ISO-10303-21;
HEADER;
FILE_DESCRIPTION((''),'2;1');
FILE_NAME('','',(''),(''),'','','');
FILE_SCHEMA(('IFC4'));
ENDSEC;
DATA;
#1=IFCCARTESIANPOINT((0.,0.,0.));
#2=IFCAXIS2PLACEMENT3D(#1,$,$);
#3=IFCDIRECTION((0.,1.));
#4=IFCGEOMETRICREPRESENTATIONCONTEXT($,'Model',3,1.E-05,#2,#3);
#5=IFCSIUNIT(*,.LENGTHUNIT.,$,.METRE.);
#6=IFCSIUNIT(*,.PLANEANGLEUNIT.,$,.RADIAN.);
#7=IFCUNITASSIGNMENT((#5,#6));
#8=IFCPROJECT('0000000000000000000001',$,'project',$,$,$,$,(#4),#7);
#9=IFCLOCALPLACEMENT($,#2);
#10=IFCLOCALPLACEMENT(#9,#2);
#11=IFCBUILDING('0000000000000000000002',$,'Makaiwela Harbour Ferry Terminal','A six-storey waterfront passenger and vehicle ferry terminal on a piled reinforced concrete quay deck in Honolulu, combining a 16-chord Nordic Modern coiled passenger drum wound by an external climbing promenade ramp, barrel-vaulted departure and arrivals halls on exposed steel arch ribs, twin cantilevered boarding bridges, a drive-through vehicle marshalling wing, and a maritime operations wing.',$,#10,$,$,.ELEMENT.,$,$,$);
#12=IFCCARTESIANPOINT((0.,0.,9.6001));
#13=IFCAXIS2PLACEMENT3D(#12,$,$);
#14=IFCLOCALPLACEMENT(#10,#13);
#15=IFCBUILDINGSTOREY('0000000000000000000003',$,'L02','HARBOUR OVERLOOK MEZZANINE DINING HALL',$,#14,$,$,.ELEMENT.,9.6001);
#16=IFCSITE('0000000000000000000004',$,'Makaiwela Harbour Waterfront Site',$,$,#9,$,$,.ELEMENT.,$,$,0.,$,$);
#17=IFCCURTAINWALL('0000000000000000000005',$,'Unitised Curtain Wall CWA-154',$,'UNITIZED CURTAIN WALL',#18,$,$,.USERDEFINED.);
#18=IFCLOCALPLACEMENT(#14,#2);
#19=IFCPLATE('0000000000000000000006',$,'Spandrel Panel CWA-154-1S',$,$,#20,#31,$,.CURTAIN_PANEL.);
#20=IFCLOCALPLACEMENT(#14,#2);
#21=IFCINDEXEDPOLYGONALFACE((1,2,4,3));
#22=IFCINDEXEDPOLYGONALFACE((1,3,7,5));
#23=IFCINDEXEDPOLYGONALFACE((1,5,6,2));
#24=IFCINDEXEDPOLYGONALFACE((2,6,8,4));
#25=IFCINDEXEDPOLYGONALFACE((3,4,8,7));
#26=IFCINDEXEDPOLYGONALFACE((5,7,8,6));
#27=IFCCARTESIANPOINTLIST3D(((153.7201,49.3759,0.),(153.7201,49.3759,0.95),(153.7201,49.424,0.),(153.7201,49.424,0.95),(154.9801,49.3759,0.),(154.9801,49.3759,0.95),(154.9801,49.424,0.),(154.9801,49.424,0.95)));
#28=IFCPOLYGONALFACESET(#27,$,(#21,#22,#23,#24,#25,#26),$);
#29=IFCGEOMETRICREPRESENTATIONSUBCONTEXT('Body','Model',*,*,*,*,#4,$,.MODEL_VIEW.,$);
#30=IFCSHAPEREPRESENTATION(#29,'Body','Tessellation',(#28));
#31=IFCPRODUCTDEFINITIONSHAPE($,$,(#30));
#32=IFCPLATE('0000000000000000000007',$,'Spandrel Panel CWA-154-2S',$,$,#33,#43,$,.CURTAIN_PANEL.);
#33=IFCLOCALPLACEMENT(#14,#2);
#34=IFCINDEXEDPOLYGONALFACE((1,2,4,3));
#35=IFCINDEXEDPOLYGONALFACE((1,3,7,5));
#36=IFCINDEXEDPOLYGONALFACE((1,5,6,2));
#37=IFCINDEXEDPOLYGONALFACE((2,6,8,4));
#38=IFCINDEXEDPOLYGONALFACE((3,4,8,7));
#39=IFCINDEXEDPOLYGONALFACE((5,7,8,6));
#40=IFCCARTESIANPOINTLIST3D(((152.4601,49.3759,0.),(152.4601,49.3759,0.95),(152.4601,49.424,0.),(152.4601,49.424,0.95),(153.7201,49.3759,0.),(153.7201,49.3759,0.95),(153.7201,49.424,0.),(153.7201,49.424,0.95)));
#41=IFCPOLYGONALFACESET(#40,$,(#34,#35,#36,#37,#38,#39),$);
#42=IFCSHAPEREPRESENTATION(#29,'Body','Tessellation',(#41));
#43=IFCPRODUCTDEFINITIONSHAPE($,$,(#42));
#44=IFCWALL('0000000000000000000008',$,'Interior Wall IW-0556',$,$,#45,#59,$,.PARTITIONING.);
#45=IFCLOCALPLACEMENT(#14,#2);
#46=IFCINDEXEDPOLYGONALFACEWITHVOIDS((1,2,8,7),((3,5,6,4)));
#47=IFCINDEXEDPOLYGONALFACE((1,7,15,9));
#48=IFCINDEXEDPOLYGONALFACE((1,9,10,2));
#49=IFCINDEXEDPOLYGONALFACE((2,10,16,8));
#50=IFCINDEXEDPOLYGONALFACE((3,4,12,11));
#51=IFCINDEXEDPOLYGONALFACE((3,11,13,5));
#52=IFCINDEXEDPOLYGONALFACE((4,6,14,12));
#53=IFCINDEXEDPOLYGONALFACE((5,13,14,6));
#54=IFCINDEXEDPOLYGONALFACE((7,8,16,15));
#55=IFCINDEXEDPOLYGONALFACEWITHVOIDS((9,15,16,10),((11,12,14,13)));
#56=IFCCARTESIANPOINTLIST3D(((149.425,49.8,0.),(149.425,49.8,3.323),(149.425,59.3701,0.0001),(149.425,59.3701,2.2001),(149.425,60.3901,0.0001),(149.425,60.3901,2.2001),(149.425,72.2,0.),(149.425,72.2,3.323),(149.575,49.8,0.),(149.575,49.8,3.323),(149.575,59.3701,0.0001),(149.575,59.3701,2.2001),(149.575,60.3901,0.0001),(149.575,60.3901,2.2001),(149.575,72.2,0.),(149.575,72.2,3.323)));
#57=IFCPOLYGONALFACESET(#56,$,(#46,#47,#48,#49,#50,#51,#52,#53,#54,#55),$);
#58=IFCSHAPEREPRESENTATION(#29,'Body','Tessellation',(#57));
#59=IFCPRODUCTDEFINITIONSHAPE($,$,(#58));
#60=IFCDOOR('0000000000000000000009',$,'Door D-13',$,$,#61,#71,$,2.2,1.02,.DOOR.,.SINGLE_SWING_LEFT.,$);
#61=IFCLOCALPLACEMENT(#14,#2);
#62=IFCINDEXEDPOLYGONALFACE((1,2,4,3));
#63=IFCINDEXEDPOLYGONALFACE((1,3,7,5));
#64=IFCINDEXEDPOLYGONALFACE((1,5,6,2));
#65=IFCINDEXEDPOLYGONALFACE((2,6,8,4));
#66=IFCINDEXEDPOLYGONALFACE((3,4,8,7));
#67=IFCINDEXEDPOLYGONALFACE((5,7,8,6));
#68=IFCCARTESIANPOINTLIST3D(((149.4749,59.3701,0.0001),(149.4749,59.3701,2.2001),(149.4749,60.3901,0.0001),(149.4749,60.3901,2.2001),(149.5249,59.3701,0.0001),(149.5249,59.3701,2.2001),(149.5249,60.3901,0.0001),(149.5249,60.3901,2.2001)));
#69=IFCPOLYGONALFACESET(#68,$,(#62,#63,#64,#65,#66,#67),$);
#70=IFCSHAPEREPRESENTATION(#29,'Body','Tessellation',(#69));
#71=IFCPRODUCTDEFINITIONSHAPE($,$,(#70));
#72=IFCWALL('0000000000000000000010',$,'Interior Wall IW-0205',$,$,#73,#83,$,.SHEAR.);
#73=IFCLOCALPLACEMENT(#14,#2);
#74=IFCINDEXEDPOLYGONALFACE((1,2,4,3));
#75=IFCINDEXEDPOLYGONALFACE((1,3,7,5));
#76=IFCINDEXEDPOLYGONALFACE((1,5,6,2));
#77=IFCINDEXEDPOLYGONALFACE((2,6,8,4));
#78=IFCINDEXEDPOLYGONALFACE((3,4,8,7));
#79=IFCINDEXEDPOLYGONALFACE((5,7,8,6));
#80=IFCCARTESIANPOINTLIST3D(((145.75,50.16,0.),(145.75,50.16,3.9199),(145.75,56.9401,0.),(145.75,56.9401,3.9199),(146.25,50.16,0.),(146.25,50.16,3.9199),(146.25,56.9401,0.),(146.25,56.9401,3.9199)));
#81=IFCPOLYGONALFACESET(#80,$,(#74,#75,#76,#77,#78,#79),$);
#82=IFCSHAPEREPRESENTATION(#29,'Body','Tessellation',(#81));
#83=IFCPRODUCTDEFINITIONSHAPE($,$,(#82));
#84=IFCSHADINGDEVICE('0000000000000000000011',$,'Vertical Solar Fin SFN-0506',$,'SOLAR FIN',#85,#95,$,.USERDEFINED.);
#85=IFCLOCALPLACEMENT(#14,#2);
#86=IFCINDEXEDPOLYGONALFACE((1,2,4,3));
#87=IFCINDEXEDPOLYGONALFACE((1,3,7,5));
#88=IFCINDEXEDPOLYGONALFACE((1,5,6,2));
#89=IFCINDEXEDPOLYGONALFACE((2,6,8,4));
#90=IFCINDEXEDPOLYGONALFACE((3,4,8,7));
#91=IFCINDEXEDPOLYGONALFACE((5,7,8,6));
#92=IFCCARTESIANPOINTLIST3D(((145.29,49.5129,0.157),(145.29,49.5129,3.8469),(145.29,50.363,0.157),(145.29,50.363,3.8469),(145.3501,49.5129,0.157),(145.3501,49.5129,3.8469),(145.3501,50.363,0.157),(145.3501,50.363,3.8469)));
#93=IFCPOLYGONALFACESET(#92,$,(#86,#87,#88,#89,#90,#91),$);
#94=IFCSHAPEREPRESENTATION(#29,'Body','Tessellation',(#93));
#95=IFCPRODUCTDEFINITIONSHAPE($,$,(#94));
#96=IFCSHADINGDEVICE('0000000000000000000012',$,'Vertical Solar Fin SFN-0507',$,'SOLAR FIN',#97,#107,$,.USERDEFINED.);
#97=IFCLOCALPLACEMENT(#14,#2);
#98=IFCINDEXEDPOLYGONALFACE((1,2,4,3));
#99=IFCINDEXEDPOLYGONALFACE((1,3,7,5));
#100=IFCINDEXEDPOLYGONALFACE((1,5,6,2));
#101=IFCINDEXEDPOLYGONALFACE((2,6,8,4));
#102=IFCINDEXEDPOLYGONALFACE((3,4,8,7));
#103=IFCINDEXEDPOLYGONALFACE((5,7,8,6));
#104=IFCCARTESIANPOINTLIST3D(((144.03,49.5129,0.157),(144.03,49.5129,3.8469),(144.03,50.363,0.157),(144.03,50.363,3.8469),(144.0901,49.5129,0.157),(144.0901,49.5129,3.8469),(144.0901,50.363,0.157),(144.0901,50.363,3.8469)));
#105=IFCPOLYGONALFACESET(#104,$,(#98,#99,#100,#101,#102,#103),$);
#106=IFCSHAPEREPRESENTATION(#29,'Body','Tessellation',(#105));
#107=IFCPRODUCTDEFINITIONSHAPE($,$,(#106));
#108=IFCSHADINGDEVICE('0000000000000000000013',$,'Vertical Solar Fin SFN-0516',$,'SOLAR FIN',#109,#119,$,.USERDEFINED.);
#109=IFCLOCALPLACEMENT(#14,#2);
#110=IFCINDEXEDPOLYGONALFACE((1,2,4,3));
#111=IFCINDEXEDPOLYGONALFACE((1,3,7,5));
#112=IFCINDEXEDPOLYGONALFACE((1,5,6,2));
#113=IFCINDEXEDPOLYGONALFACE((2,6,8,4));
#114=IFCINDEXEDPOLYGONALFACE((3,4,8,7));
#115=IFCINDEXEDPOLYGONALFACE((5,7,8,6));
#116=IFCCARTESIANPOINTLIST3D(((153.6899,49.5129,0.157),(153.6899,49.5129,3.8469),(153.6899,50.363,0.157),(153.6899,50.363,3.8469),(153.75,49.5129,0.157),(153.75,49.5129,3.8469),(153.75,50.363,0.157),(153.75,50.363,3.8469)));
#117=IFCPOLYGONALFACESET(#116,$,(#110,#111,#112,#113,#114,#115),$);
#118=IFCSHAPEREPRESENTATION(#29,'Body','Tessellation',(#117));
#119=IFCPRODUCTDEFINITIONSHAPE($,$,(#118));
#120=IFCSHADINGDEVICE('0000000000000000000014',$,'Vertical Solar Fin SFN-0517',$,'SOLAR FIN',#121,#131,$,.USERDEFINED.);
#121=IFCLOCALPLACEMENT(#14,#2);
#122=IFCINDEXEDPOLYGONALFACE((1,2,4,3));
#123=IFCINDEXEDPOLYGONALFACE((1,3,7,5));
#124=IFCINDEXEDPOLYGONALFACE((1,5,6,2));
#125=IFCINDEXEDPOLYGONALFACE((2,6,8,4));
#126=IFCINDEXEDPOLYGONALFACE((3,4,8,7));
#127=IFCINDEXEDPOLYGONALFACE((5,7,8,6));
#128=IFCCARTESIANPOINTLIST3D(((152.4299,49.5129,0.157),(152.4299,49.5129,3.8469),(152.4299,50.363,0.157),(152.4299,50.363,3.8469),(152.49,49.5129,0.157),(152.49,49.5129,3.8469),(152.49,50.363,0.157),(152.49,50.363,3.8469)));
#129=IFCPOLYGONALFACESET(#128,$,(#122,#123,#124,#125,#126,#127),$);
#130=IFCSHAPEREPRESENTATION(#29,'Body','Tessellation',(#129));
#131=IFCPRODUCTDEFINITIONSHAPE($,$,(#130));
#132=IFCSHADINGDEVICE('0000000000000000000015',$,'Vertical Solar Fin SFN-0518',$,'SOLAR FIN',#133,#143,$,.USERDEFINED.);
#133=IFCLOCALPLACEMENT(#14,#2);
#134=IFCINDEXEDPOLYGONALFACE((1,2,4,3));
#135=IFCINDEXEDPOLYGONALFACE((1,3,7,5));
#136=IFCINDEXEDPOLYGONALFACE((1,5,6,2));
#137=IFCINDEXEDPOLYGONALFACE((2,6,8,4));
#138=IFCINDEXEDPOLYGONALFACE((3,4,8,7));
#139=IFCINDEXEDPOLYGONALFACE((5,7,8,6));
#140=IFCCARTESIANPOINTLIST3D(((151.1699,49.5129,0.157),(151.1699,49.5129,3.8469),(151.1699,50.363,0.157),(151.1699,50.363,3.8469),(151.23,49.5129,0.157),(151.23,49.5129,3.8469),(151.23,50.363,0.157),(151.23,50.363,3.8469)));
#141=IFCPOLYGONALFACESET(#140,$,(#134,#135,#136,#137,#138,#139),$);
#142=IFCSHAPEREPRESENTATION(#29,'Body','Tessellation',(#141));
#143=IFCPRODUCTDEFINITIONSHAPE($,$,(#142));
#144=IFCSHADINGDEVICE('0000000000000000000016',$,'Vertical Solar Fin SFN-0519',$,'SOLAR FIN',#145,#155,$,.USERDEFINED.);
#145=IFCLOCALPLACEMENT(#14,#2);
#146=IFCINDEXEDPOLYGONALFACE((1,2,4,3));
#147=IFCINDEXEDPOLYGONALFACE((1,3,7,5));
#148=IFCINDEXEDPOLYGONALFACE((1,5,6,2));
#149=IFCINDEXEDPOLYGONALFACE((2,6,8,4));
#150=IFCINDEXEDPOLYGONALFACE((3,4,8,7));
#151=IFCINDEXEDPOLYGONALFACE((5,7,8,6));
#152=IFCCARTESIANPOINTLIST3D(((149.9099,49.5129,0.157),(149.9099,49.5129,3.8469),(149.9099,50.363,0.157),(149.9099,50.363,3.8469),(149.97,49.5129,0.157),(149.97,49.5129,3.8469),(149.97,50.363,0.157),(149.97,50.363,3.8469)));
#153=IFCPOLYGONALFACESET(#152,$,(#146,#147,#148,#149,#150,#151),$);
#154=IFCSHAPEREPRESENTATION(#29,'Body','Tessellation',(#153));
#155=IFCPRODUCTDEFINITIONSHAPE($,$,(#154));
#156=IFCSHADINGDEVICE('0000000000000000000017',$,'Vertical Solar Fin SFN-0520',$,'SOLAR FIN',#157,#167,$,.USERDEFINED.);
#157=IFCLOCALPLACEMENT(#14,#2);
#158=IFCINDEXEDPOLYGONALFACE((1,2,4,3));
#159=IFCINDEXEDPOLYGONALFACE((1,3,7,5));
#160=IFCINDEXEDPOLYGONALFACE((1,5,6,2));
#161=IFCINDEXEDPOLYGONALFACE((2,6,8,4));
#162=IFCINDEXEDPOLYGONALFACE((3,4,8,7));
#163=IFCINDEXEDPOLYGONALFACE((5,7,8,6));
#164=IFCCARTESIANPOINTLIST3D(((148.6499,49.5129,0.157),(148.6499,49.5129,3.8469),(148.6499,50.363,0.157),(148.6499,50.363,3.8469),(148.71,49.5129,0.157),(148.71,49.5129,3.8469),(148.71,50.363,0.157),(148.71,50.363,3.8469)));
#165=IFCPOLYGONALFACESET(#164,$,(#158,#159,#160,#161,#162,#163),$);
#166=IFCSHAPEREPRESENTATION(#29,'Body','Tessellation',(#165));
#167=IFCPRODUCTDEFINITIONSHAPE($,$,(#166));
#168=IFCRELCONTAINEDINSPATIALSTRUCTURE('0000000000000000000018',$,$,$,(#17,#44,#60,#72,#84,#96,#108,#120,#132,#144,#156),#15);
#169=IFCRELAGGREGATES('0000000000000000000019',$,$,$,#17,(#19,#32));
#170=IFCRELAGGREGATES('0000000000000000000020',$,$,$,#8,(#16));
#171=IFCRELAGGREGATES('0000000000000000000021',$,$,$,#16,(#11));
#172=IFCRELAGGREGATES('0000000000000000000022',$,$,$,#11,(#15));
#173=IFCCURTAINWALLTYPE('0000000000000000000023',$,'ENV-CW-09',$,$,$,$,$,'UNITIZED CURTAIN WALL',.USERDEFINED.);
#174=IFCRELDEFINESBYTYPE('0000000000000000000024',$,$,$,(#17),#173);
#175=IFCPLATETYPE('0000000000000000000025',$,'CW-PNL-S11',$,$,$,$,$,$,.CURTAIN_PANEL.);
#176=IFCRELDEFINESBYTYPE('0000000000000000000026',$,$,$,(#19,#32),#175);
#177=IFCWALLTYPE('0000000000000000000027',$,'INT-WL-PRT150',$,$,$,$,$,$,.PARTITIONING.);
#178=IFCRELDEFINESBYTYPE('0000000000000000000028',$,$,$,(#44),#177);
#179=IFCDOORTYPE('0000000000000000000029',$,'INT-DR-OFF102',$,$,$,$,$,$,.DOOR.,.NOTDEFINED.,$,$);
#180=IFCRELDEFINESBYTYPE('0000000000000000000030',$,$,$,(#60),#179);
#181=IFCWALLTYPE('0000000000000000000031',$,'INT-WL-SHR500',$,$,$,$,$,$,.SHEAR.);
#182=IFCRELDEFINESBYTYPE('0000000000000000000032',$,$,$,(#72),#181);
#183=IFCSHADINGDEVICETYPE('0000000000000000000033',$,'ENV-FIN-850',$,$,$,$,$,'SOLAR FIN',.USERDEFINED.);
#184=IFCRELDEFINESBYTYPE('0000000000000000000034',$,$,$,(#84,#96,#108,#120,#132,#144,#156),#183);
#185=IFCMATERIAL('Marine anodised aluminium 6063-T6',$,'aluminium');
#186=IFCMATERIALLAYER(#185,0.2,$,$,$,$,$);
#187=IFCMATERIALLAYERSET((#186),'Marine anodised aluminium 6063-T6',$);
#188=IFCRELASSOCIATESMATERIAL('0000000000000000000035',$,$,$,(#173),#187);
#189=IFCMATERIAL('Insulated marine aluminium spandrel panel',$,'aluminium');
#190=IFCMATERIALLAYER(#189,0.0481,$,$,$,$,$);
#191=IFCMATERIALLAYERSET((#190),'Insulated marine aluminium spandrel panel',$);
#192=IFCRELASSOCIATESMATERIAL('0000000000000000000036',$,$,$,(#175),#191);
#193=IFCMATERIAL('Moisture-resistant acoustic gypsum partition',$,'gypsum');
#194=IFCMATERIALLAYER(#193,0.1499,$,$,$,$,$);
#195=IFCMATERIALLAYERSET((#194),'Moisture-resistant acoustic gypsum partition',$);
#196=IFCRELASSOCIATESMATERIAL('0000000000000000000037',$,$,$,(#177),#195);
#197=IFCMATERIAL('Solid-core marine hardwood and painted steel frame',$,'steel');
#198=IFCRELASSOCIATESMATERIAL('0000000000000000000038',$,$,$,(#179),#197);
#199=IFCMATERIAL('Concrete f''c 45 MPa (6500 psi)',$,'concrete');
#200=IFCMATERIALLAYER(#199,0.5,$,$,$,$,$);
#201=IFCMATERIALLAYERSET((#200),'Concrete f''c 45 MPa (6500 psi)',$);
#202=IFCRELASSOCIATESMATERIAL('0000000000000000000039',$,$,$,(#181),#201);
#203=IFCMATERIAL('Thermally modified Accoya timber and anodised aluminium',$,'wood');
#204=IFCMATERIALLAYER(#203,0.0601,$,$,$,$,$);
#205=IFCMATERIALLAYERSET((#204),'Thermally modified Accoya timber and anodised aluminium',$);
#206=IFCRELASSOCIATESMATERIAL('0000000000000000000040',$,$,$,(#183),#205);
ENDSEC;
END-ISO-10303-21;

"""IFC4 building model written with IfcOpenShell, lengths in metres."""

from ifc_helpers import new_model, si_unit, direction, frame, frame_2d, origin, origin_2d, place, context, subcontext, project, spatial, rectangle, extrude, material, layer, layer_set, type_object, element, fill, aggregate, save


model = new_model("IFC4")

# Units and contexts
model_context = context("Model", 3, precision=1e-05, world=origin(), true_north=direction((0.0, 1.0)))
body_context = subcontext(model_context, "Body", "Model", "MODEL_VIEW")
ifc_project = project(units=[si_unit("LENGTHUNIT", "METRE"), si_unit("PLANEANGLEUNIT", "RADIAN")], contexts=[model_context])

# Site, building, storey
site_placement = place(None, origin())
site = spatial("IfcSite", under=ifc_project, at=site_placement, Name="Makaiwela Harbour Waterfront Site", CompositionType="ELEMENT", RefElevation=0.0)
building_placement = place(site_placement, origin())
building = spatial("IfcBuilding", under=site, at=building_placement, Name="Makaiwela Harbour Ferry Terminal", Description="A six-storey waterfront passenger and vehicle ferry terminal on a piled reinforced concrete quay deck in Honolulu, combining a 16-chord Nordic Modern coiled passenger drum wound by an external climbing promenade ramp, barrel-vaulted departure and arrivals halls on exposed steel arch ribs, twin cantilevered boarding bridges, a drive-through vehicle marshalling wing, and a maritime operations wing.", CompositionType="ELEMENT")
storey_placement = place(building_placement, frame((0.0, 0.0, 9.6001)))
storey = spatial("IfcBuildingStorey", under=building, at=storey_placement, Name="L02", Description="HARBOUR OVERLOOK MEZZANINE DINING HALL", CompositionType="ELEMENT", Elevation=9.6001)

# Curtain wall
ifc_material_1 = material(Name="Marine anodised aluminium 6063-T6", Category="aluminium")
ifc_layer_1 = layer(ifc_material_1, 0.2)
ifc_layer_set_1 = layer_set([ifc_layer_1], Name="Marine anodised aluminium 6063-T6")
curtain_wall_type = type_object("IfcCurtainWallType", Name="ENV-CW-09", ElementType="UNITIZED CURTAIN WALL", PredefinedType="USERDEFINED", material=ifc_layer_set_1)
curtain_wall_placement = place(storey_placement, origin())
curtain_wall = element("IfcCurtainWall", 1, at=curtain_wall_placement, inside=storey, type_object=curtain_wall_type, Name="Unitised Curtain Wall CWA-154", ObjectType="UNITIZED CURTAIN WALL", PredefinedType="USERDEFINED")

# Plates
ifc_material_2 = material(Name="Insulated marine aluminium spandrel panel", Category="aluminium")
ifc_layer_2 = layer(ifc_material_2, 0.0481)
ifc_layer_set_2 = layer_set([ifc_layer_2], Name="Insulated marine aluminium spandrel panel")
plate_type_1 = type_object("IfcPlateType", Name="CW-PNL-S11", PredefinedType="CURTAIN_PANEL", material=ifc_layer_set_2)
plate_1_placement = place(storey_placement, frame((154.3501, 49.3999, 0.0), z_axis=(0.0, 0.0, 1.0), x_axis=(-1.0, 0.0, 0.0)))
plate_1 = element("IfcPlate", 2, at=plate_1_placement, type_object=plate_type_1, Name="Spandrel Panel CWA-154-1S", PredefinedType="CURTAIN_PANEL", context=body_context, shape_type="SweptSolid", body=[
    extrude(rectangle(XDim=1.26, YDim=0.0481, at=origin_2d()), origin(), (0.0, 0.0, 1.0), 0.95),
])
plate_2_placement = place(storey_placement, frame((153.0901, 49.3999, 0.0), z_axis=(0.0, 0.0, 1.0), x_axis=(-1.0, 0.0, 0.0)))
plate_2 = element("IfcPlate", 3, at=plate_2_placement, type_object=plate_type_1, Name="Spandrel Panel CWA-154-2S", PredefinedType="CURTAIN_PANEL", context=body_context, shape_type="SweptSolid", body=[
    extrude(rectangle(XDim=1.26, YDim=0.0481, at=origin_2d()), origin(), (0.0, 0.0, 1.0), 0.95),
])
aggregate(curtain_wall, [plate_1, plate_2])

# Wall, opening, door
ifc_material_3 = material(Name="Moisture-resistant acoustic gypsum partition", Category="gypsum")
ifc_layer_3 = layer(ifc_material_3, 0.1499)
ifc_layer_set_3 = layer_set([ifc_layer_3], Name="Moisture-resistant acoustic gypsum partition")
wall_type_1 = type_object("IfcWallType", Name="INT-WL-PRT150", PredefinedType="PARTITIONING", material=ifc_layer_set_3)
wall_1_placement = place(storey_placement, frame((149.5, 49.8, 0.0), z_axis=(0.0, 0.0, 1.0), x_axis=(0.0, 1.0, 0.0)))
wall_1 = element("IfcWall", 4, at=wall_1_placement, inside=storey, type_object=wall_type_1, Name="Interior Wall IW-0556", PredefinedType="PARTITIONING", context=body_context, shape_type="SweptSolid", body=[
    extrude(rectangle(XDim=22.3999, YDim=0.1499, at=frame_2d((11.2, 0.0))), origin(), (0.0, 0.0, 1.0), 3.323),
])
opening_placement = place(wall_1_placement, frame((9.5701, 0.0, 0.0)))
opening = element("IfcOpeningElement", 5, at=opening_placement, cuts=wall_1, PredefinedType="OPENING", context=body_context, shape_type="SweptSolid", body=[
    extrude(rectangle(XDim=1.02, YDim=2.2, at=frame_2d((0.51, 1.1001))), frame((0.0, 0.085, 0.0), z_axis=(0.0, -1.0, 0.0), x_axis=(1.0, 0.0, 0.0)), (0.0, 0.0, 1.0), 0.1699),
])
ifc_material_4 = material(Name="Solid-core marine hardwood and painted steel frame", Category="steel")
door_type = type_object("IfcDoorType", Name="INT-DR-OFF102", OperationType="NOTDEFINED", PredefinedType="DOOR", material=ifc_material_4)
door_placement = place(opening_placement, frame((1.02, 0.0, 0.0), z_axis=(0.0, 0.0, 1.0), x_axis=(-1.0, 0.0, 0.0)))
door = element("IfcDoor", 6, at=door_placement, inside=storey, type_object=door_type, Name="Door D-13", OperationType="SINGLE_SWING_LEFT", OverallHeight=2.2, OverallWidth=1.02, PredefinedType="DOOR", context=body_context, shape_type="SweptSolid", body=[
    extrude(rectangle(XDim=1.02, YDim=2.2, at=frame_2d((0.51, 1.1001))), frame((0.0, 0.0249, 0.0), z_axis=(0.0, -1.0, 0.0), x_axis=(1.0, 0.0, 0.0)), (0.0, 0.0, 1.0), 0.05),
])
fill(opening, door)

# Wall
ifc_material_5 = material(Name="Concrete f'c 45 MPa (6500 psi)", Category="concrete")
ifc_layer_4 = layer(ifc_material_5, 0.5)
ifc_layer_set_4 = layer_set([ifc_layer_4], Name="Concrete f'c 45 MPa (6500 psi)")
wall_type_2 = type_object("IfcWallType", Name="INT-WL-SHR500", PredefinedType="SHEAR", material=ifc_layer_set_4)
wall_2_placement = place(storey_placement, frame((146.0, 50.1599, 0.0), z_axis=(0.0, 0.0, 1.0), x_axis=(0.0, 1.0, 0.0)))
element("IfcWall", 7, at=wall_2_placement, inside=storey, type_object=wall_type_2, Name="Interior Wall IW-0205", PredefinedType="SHEAR", context=body_context, shape_type="SweptSolid", body=[
    extrude(rectangle(XDim=6.78, YDim=0.5, at=frame_2d((3.3901, 0.0))), origin(), (0.0, 0.0, 1.0), 3.9199),
])

# Shading devices
ifc_material_6 = material(Name="Thermally modified Accoya timber and anodised aluminium", Category="wood")
ifc_layer_5 = layer(ifc_material_6, 0.0601)
ifc_layer_set_5 = layer_set([ifc_layer_5], Name="Thermally modified Accoya timber and anodised aluminium")
shading_device_type = type_object("IfcShadingDeviceType", Name="ENV-FIN-850", ElementType="SOLAR FIN", PredefinedType="USERDEFINED", material=ifc_layer_set_5)
for number, where, z_axis, x_axis, name in (
    (8, (145.3201, 49.938, 0.157), (0.0, 0.0, 1.0), (0.0, 1.0, 0.0), "Vertical Solar Fin SFN-0506"),
    (9, (144.0601, 49.938, 0.157), (0.0, 0.0, 1.0), (0.0, 1.0, 0.0), "Vertical Solar Fin SFN-0507"),
    (10, (153.72, 49.938, 0.157), (0.0, 0.0, 1.0), (0.0, 1.0, 0.0), "Vertical Solar Fin SFN-0516"),
    (11, (152.46, 49.938, 0.157), (0.0, 0.0, 1.0), (0.0, 1.0, 0.0), "Vertical Solar Fin SFN-0517"),
    (12, (151.2, 49.938, 0.157), (0.0, 0.0, 1.0), (0.0, 1.0, 0.0), "Vertical Solar Fin SFN-0518"),
    (13, (149.9399, 49.938, 0.157), (0.0, 0.0, 1.0), (0.0, 1.0, 0.0), "Vertical Solar Fin SFN-0519"),
    (14, (148.6799, 49.938, 0.157), (0.0, 0.0, 1.0), (0.0, 1.0, 0.0), "Vertical Solar Fin SFN-0520"),
):
    element("IfcShadingDevice", number, at=place(storey_placement, frame(where, z_axis=z_axis, x_axis=x_axis)), inside=storey, type_object=shading_device_type, Name=name, ObjectType="SOLAR FIN", PredefinedType="USERDEFINED", context=body_context, shape_type="SweptSolid", body=[
        extrude(rectangle(XDim=0.8501, YDim=0.0601, at=origin_2d()), origin(), (0.0, 0.0, 1.0), 3.6899),
    ])

save(model, "model.ifc")
